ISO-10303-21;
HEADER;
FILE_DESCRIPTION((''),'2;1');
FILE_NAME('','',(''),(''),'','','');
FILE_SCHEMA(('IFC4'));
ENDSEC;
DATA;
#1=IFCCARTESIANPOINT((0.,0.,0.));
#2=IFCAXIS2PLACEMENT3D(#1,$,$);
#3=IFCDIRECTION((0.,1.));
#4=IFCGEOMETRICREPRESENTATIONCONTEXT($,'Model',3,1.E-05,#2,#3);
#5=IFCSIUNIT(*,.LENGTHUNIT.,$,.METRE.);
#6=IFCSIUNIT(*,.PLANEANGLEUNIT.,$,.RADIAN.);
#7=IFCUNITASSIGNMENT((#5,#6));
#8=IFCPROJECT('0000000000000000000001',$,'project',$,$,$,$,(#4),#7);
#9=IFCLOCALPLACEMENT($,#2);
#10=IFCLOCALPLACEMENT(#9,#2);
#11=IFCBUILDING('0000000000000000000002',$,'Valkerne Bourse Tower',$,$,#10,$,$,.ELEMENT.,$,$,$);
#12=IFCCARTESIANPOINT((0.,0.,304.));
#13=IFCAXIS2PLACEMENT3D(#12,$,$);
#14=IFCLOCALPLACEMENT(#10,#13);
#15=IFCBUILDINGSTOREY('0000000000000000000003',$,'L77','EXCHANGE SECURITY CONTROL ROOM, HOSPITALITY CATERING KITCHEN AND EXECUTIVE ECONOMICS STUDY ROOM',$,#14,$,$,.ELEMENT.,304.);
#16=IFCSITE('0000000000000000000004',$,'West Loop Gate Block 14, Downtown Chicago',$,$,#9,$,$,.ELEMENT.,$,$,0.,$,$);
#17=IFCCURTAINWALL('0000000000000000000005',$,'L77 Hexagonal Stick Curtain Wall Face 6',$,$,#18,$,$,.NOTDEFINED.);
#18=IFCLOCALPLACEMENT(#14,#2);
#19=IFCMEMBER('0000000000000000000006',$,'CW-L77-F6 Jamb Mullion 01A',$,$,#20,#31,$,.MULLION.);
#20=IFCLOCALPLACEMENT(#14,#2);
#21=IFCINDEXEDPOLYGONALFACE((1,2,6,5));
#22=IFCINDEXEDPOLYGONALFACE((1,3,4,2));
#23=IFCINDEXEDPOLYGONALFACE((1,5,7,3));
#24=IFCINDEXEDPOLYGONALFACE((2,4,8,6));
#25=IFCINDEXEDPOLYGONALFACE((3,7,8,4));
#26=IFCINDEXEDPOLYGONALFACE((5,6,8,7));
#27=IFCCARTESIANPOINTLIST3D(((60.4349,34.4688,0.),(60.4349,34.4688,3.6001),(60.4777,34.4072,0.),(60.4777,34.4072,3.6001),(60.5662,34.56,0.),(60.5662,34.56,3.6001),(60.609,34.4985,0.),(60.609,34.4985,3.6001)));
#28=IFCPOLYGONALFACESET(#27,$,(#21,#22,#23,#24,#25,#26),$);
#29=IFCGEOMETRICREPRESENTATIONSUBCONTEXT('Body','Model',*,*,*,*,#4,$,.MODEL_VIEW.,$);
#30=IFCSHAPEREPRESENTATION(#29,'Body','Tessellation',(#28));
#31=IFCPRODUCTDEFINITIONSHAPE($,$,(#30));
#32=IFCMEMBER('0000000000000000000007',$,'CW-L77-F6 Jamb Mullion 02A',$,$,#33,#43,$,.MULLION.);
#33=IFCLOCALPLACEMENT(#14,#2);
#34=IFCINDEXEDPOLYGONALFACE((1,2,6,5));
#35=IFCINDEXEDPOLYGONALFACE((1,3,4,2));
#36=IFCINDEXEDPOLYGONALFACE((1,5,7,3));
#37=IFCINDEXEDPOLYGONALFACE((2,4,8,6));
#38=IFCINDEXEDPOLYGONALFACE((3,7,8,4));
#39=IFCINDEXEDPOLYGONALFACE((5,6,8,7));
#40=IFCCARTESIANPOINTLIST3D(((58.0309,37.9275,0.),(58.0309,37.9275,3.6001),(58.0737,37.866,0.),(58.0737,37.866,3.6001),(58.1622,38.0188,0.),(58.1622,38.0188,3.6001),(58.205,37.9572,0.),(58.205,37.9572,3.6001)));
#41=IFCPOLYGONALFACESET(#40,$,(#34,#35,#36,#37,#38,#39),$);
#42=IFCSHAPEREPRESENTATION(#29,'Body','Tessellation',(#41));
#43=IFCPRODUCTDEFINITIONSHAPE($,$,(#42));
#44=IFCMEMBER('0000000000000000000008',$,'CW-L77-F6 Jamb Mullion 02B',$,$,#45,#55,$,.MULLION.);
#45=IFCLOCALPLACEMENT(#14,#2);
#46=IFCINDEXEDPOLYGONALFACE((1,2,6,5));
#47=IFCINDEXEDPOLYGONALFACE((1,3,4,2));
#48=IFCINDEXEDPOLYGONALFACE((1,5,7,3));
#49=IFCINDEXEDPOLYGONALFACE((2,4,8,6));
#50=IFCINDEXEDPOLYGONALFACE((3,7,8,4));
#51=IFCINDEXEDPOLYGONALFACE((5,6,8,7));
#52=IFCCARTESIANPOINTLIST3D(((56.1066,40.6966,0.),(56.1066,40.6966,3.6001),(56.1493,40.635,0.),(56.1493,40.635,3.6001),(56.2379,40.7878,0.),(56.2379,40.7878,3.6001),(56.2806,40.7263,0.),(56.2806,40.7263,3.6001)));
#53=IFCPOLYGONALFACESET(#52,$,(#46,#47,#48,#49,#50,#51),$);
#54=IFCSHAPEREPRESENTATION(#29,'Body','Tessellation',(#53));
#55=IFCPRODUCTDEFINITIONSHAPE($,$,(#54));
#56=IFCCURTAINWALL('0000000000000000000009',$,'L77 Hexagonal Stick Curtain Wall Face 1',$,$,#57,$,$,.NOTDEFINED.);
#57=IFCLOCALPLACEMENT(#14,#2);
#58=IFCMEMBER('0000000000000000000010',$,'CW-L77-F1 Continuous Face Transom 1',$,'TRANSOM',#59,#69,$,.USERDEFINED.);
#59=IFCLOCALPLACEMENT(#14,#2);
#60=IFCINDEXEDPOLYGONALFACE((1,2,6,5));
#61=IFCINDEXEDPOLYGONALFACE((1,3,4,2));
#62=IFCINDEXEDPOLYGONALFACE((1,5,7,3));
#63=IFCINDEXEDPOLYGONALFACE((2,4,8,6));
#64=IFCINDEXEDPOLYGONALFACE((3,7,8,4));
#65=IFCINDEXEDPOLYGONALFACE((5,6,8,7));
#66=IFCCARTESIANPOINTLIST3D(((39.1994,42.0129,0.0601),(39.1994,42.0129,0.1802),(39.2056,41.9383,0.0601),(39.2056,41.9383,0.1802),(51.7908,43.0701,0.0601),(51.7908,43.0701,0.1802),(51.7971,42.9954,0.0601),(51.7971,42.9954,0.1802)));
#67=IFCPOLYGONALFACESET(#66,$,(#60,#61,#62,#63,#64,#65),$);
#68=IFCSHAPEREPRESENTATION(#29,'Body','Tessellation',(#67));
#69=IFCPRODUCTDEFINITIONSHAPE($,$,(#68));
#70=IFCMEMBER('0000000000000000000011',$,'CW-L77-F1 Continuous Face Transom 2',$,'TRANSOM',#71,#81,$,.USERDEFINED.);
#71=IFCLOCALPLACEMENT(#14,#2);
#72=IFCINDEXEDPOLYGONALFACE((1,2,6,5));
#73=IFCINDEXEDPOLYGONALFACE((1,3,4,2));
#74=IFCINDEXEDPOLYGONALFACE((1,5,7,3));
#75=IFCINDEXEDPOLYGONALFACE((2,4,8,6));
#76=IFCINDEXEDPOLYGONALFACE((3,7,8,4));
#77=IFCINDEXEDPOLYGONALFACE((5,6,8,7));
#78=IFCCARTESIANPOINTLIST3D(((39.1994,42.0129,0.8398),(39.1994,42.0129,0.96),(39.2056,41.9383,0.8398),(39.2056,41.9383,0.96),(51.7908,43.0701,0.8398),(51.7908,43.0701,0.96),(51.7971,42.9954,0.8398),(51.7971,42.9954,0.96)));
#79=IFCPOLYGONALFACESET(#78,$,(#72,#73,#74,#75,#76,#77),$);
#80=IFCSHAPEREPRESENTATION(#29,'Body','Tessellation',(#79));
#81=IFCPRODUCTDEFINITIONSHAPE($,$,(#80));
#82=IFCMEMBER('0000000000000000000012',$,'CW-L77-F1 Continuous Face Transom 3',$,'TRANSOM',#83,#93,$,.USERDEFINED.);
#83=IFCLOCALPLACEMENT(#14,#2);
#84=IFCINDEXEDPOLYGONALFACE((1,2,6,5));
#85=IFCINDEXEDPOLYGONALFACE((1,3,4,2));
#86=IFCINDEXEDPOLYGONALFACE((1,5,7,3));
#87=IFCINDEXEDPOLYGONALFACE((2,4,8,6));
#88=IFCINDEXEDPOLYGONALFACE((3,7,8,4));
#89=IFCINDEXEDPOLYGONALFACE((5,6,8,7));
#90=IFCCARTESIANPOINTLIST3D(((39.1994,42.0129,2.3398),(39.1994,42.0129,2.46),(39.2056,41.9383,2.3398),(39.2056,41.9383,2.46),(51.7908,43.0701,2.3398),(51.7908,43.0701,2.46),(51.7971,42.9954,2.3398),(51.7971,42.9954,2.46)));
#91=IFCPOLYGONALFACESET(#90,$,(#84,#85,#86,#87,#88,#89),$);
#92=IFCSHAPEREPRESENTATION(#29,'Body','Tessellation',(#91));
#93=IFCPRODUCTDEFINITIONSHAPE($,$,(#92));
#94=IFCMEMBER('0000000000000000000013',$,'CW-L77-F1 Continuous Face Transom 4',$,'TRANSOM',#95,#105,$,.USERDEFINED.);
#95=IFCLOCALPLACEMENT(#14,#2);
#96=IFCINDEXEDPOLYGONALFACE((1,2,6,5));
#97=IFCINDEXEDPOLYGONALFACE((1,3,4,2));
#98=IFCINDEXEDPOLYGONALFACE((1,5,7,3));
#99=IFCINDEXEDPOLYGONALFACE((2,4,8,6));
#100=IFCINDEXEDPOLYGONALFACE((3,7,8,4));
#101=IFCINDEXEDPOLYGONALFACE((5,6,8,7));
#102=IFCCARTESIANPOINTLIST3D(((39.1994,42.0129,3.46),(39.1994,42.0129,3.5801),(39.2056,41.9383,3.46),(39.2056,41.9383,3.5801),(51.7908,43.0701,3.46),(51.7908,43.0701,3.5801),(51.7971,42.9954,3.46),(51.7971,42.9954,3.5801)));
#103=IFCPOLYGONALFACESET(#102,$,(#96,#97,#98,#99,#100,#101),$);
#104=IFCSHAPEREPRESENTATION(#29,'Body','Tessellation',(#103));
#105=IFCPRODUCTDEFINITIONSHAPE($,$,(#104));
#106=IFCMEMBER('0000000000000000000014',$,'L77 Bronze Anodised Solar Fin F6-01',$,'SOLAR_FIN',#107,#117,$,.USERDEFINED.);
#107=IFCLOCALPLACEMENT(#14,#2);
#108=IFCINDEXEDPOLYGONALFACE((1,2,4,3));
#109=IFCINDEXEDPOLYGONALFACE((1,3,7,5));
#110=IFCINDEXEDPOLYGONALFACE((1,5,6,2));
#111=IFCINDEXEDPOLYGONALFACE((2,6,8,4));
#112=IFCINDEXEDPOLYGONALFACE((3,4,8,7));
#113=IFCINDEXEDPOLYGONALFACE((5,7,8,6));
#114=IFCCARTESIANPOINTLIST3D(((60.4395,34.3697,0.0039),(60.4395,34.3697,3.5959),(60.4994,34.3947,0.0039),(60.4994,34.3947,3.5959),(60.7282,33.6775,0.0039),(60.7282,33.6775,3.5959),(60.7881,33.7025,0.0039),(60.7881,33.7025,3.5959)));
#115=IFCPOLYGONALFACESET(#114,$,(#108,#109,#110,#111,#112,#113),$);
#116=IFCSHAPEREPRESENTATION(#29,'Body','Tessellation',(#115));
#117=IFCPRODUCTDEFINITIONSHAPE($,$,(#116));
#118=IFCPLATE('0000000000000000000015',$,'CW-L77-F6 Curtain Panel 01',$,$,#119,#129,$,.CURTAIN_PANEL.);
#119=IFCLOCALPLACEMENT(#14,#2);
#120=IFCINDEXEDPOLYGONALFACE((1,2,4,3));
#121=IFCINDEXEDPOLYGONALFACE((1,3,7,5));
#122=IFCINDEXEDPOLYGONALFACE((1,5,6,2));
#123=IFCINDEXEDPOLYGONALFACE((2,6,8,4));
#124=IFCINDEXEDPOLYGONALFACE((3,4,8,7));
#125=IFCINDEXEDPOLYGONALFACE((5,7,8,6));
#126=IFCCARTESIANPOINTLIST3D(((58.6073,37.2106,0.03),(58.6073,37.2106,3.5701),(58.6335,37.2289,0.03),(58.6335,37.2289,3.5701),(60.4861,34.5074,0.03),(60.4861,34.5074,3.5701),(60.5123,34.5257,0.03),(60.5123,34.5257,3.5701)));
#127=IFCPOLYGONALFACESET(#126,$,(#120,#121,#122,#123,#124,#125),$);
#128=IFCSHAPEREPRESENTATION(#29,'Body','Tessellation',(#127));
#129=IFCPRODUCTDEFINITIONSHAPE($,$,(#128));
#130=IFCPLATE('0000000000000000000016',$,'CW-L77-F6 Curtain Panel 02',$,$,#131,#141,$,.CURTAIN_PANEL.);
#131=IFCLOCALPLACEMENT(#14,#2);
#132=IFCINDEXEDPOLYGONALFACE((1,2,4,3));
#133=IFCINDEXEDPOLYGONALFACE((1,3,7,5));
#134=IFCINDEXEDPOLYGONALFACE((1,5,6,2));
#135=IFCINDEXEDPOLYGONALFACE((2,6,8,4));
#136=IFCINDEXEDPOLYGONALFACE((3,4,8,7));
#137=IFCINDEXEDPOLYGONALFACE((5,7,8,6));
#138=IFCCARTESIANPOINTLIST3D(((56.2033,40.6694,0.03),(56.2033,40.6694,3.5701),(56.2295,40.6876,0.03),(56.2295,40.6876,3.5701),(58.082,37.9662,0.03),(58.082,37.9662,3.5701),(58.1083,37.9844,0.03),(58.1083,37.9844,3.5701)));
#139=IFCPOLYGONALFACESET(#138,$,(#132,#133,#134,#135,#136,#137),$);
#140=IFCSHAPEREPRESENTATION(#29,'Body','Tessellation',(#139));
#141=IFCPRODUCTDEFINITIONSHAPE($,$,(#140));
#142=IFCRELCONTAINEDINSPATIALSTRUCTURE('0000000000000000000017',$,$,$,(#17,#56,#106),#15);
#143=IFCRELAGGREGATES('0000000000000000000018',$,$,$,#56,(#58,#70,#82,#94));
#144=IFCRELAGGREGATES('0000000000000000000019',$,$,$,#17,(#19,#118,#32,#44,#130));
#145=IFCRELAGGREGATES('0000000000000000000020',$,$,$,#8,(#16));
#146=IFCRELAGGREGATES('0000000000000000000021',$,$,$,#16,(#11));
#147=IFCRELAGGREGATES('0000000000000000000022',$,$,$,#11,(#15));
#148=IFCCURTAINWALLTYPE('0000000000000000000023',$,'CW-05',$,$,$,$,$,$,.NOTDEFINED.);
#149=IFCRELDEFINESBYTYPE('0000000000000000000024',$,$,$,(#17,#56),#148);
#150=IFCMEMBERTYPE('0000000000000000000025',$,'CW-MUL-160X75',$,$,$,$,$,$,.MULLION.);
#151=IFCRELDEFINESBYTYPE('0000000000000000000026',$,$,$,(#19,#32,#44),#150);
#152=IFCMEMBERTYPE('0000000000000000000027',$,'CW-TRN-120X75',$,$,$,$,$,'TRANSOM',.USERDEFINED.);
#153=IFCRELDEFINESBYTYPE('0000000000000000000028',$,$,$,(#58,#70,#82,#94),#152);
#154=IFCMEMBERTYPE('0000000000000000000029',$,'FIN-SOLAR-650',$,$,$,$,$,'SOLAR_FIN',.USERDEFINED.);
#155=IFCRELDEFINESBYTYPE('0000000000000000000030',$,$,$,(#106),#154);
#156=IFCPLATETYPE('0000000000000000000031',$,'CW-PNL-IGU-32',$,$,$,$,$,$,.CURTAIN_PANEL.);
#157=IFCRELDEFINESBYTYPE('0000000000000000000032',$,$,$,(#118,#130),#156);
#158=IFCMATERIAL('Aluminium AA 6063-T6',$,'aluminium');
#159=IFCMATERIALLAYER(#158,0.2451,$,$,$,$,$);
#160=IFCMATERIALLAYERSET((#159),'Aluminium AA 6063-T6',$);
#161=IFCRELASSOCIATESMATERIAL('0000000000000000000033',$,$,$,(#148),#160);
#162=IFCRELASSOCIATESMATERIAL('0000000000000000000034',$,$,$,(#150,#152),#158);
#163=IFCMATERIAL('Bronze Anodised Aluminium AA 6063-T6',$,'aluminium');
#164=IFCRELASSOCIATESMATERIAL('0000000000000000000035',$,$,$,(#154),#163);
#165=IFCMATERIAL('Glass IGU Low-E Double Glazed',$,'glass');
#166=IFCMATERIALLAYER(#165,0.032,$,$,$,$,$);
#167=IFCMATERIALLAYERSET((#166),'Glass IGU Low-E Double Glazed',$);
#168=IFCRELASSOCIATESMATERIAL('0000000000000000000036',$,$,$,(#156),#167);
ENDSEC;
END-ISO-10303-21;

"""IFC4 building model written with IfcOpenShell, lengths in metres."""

from ifc_helpers import new_model, si_unit, direction, frame, origin, origin_2d, place, context, subcontext, project, spatial, rectangle, extrude, material, layer, layer_set, material_profile, profile_set, type_object, element, aggregate, save


model = new_model("IFC4")

# Units and contexts
model_context = context("Model", 3, precision=1e-05, world=origin(), true_north=direction((0.0, 1.0)))
body_context = subcontext(model_context, "Body", "Model", "MODEL_VIEW")
ifc_project = project(units=[si_unit("LENGTHUNIT", "METRE"), si_unit("PLANEANGLEUNIT", "RADIAN")], contexts=[model_context])

# Site, building, storey
site_placement = place(None, origin())
site = spatial("IfcSite", under=ifc_project, at=site_placement, Name="West Loop Gate Block 14, Downtown Chicago", CompositionType="ELEMENT", RefElevation=0.0)
building_placement = place(site_placement, origin())
building = spatial("IfcBuilding", under=site, at=building_placement, Name="Valkerne Bourse Tower", CompositionType="ELEMENT")
storey_placement = place(building_placement, frame((0.0, 0.0, 304.0)))
storey = spatial("IfcBuildingStorey", under=building, at=storey_placement, Name="L77", Description="EXCHANGE SECURITY CONTROL ROOM, HOSPITALITY CATERING KITCHEN AND EXECUTIVE ECONOMICS STUDY ROOM", CompositionType="ELEMENT", Elevation=304.0)

# Curtain walls, members
ifc_material_1 = material(Name="Aluminium AA 6063-T6", Category="aluminium")
ifc_layer_1 = layer(ifc_material_1, 0.2451)
ifc_layer_set_1 = layer_set([ifc_layer_1], Name="Aluminium AA 6063-T6")
curtain_wall_type = type_object("IfcCurtainWallType", Name="CW-05", PredefinedType="NOTDEFINED", material=ifc_layer_set_1)
curtain_wall_1_placement = place(storey_placement, origin())
curtain_wall_1 = element("IfcCurtainWall", 1, at=curtain_wall_1_placement, inside=storey, type_object=curtain_wall_type, Name="L77 Hexagonal Stick Curtain Wall Face 6", PredefinedType="NOTDEFINED")
ifc_material_profile_1 = material_profile(ifc_material_1, rectangle(XDim=0.075, YDim=0.1599, at=origin_2d()), Name="CWM-75X160")
ifc_profile_set_1 = profile_set([ifc_material_profile_1], Name="Aluminium AA 6063-T6")
member_type_1 = type_object("IfcMemberType", Name="CW-MUL-160X75", PredefinedType="MULLION", material=ifc_profile_set_1)
member_1_placement = place(storey_placement, frame((60.522, 34.4836, 0.0), z_axis=(0.0, 0.0, 1.0), x_axis=(-0.57072, 0.821145, 0.0)))
member_1 = element("IfcMember", 2, at=member_1_placement, type_object=member_type_1, Name="CW-L77-F6 Jamb Mullion 01A", PredefinedType="MULLION", context=body_context, shape_type="SweptSolid", body=[
    extrude(rectangle(XDim=0.075, YDim=0.1599, at=origin_2d()), origin(), (0.0, 0.0, 1.0), 3.6001),
])
member_2_placement = place(storey_placement, frame((58.1179, 37.9424, 0.0), z_axis=(0.0, 0.0, 1.0), x_axis=(-0.570704, 0.821156, 0.0)))
member_2 = element("IfcMember", 3, at=member_2_placement, type_object=member_type_1, Name="CW-L77-F6 Jamb Mullion 02A", PredefinedType="MULLION", context=body_context, shape_type="SweptSolid", body=[
    extrude(rectangle(XDim=0.075, YDim=0.1599, at=origin_2d()), origin(), (0.0, 0.0, 1.0), 3.6001),
])
member_3_placement = place(storey_placement, frame((56.1936, 40.7114, 0.0), z_axis=(0.0, 0.0, 1.0), x_axis=(-0.570704, 0.821156, 0.0)))
member_3 = element("IfcMember", 4, at=member_3_placement, type_object=member_type_1, Name="CW-L77-F6 Jamb Mullion 02B", PredefinedType="MULLION", context=body_context, shape_type="SweptSolid", body=[
    extrude(rectangle(XDim=0.075, YDim=0.1599, at=origin_2d()), origin(), (0.0, 0.0, 1.0), 3.6001),
])
curtain_wall_2_placement = place(storey_placement, origin())
curtain_wall_2 = element("IfcCurtainWall", 5, at=curtain_wall_2_placement, inside=storey, type_object=curtain_wall_type, Name="L77 Hexagonal Stick Curtain Wall Face 1", PredefinedType="NOTDEFINED")
ifc_material_profile_2 = material_profile(ifc_material_1, rectangle(XDim=0.075, YDim=0.1201, at=origin_2d()), Name="CWT-75X120")
ifc_profile_set_2 = profile_set([ifc_material_profile_2], Name="Aluminium AA 6063-T6")
member_type_2 = type_object("IfcMemberType", Name="CW-TRN-120X75", ElementType="TRANSOM", PredefinedType="USERDEFINED", material=ifc_profile_set_2)
member_4_placement = place(storey_placement, frame((51.7939, 43.0327, 0.1201), z_axis=(-0.996494, -0.083661, 0.0), x_axis=(0.083661, -0.996494, 0.0)))
member_4 = element("IfcMember", 6, at=member_4_placement, type_object=member_type_2, Name="CW-L77-F1 Continuous Face Transom 1", ObjectType="TRANSOM", PredefinedType="USERDEFINED", context=body_context, shape_type="SweptSolid", body=[
    extrude(rectangle(XDim=0.075, YDim=0.1201, at=origin_2d()), origin(), (0.0, 0.0, 1.0), 12.6357),
])
member_5_placement = place(storey_placement, frame((51.7939, 43.0327, 0.8999), z_axis=(-0.996494, -0.083661, 0.0), x_axis=(0.083661, -0.996494, 0.0)))
member_5 = element("IfcMember", 7, at=member_5_placement, type_object=member_type_2, Name="CW-L77-F1 Continuous Face Transom 2", ObjectType="TRANSOM", PredefinedType="USERDEFINED", context=body_context, shape_type="SweptSolid", body=[
    extrude(rectangle(XDim=0.075, YDim=0.1201, at=origin_2d()), origin(), (0.0, 0.0, 1.0), 12.6357),
])
member_6_placement = place(storey_placement, frame((51.7939, 43.0327, 2.3999), z_axis=(-0.996494, -0.083661, 0.0), x_axis=(0.083661, -0.996494, 0.0)))
member_6 = element("IfcMember", 8, at=member_6_placement, type_object=member_type_2, Name="CW-L77-F1 Continuous Face Transom 3", ObjectType="TRANSOM", PredefinedType="USERDEFINED", context=body_context, shape_type="SweptSolid", body=[
    extrude(rectangle(XDim=0.075, YDim=0.1201, at=origin_2d()), origin(), (0.0, 0.0, 1.0), 12.6357),
])
member_7_placement = place(storey_placement, frame((51.7939, 43.0327, 3.52), z_axis=(-0.996494, -0.083661, 0.0), x_axis=(0.083661, -0.996494, 0.0)))
member_7 = element("IfcMember", 9, at=member_7_placement, type_object=member_type_2, Name="CW-L77-F1 Continuous Face Transom 4", ObjectType="TRANSOM", PredefinedType="USERDEFINED", context=body_context, shape_type="SweptSolid", body=[
    extrude(rectangle(XDim=0.075, YDim=0.1201, at=origin_2d()), origin(), (0.0, 0.0, 1.0), 12.6357),
])
aggregate(curtain_wall_2, [member_4, member_5, member_6, member_7])

# Member
ifc_material_2 = material(Name="Bronze Anodised Aluminium AA 6063-T6", Category="aluminium")
ifc_material_profile_3 = material_profile(ifc_material_2, rectangle(XDim=0.0649, YDim=0.75, at=origin_2d()), Name="FIN-65X750")
ifc_profile_set_3 = profile_set([ifc_material_profile_3], Name="Bronze Anodised Aluminium AA 6063-T6")
member_type_3 = type_object("IfcMemberType", Name="FIN-SOLAR-650", ElementType="SOLAR_FIN", PredefinedType="USERDEFINED", material=ifc_profile_set_3)
member_8_placement = place(storey_placement, frame((60.6138, 34.0361, 0.0039), z_axis=(0.0, 0.0, 1.0), x_axis=(0.922945, 0.384933, 0.0)))
element("IfcMember", 10, at=member_8_placement, inside=storey, type_object=member_type_3, Name="L77 Bronze Anodised Solar Fin F6-01", ObjectType="SOLAR_FIN", PredefinedType="USERDEFINED", context=body_context, shape_type="SweptSolid", body=[
    extrude(rectangle(XDim=0.0649, YDim=0.75, at=origin_2d()), origin(), (0.0, 0.0, 1.0), 3.592),
])

# Plates
ifc_material_3 = material(Name="Glass IGU Low-E Double Glazed", Category="glass")
ifc_layer_2 = layer(ifc_material_3, 0.032)
ifc_layer_set_2 = layer_set([ifc_layer_2], Name="Glass IGU Low-E Double Glazed")
plate_type = type_object("IfcPlateType", Name="CW-PNL-IGU-32", PredefinedType="CURTAIN_PANEL", material=ifc_layer_set_2)
plate_1_placement = place(storey_placement, frame((59.5598, 35.8682, 0.03), z_axis=(0.0, 0.0, 1.0), x_axis=(-0.57072, 0.821145, 0.0)))
plate_1 = element("IfcPlate", 11, at=plate_1_placement, type_object=plate_type, Name="CW-L77-F6 Curtain Panel 01", PredefinedType="CURTAIN_PANEL", context=body_context, shape_type="SweptSolid", body=[
    extrude(rectangle(XDim=3.292, YDim=0.032, at=origin_2d()), origin(), (0.0, 0.0, 1.0), 3.54),
])
plate_2_placement = place(storey_placement, frame((57.1558, 39.3269, 0.03), z_axis=(0.0, 0.0, 1.0), x_axis=(-0.570704, 0.821156, 0.0)))
plate_2 = element("IfcPlate", 12, at=plate_2_placement, type_object=plate_type, Name="CW-L77-F6 Curtain Panel 02", PredefinedType="CURTAIN_PANEL", context=body_context, shape_type="SweptSolid", body=[
    extrude(rectangle(XDim=3.292, YDim=0.032, at=origin_2d()), origin(), (0.0, 0.0, 1.0), 3.54),
])
aggregate(curtain_wall_1, [member_1, plate_1, member_2, member_3, plate_2])

save(model, "model.ifc")
